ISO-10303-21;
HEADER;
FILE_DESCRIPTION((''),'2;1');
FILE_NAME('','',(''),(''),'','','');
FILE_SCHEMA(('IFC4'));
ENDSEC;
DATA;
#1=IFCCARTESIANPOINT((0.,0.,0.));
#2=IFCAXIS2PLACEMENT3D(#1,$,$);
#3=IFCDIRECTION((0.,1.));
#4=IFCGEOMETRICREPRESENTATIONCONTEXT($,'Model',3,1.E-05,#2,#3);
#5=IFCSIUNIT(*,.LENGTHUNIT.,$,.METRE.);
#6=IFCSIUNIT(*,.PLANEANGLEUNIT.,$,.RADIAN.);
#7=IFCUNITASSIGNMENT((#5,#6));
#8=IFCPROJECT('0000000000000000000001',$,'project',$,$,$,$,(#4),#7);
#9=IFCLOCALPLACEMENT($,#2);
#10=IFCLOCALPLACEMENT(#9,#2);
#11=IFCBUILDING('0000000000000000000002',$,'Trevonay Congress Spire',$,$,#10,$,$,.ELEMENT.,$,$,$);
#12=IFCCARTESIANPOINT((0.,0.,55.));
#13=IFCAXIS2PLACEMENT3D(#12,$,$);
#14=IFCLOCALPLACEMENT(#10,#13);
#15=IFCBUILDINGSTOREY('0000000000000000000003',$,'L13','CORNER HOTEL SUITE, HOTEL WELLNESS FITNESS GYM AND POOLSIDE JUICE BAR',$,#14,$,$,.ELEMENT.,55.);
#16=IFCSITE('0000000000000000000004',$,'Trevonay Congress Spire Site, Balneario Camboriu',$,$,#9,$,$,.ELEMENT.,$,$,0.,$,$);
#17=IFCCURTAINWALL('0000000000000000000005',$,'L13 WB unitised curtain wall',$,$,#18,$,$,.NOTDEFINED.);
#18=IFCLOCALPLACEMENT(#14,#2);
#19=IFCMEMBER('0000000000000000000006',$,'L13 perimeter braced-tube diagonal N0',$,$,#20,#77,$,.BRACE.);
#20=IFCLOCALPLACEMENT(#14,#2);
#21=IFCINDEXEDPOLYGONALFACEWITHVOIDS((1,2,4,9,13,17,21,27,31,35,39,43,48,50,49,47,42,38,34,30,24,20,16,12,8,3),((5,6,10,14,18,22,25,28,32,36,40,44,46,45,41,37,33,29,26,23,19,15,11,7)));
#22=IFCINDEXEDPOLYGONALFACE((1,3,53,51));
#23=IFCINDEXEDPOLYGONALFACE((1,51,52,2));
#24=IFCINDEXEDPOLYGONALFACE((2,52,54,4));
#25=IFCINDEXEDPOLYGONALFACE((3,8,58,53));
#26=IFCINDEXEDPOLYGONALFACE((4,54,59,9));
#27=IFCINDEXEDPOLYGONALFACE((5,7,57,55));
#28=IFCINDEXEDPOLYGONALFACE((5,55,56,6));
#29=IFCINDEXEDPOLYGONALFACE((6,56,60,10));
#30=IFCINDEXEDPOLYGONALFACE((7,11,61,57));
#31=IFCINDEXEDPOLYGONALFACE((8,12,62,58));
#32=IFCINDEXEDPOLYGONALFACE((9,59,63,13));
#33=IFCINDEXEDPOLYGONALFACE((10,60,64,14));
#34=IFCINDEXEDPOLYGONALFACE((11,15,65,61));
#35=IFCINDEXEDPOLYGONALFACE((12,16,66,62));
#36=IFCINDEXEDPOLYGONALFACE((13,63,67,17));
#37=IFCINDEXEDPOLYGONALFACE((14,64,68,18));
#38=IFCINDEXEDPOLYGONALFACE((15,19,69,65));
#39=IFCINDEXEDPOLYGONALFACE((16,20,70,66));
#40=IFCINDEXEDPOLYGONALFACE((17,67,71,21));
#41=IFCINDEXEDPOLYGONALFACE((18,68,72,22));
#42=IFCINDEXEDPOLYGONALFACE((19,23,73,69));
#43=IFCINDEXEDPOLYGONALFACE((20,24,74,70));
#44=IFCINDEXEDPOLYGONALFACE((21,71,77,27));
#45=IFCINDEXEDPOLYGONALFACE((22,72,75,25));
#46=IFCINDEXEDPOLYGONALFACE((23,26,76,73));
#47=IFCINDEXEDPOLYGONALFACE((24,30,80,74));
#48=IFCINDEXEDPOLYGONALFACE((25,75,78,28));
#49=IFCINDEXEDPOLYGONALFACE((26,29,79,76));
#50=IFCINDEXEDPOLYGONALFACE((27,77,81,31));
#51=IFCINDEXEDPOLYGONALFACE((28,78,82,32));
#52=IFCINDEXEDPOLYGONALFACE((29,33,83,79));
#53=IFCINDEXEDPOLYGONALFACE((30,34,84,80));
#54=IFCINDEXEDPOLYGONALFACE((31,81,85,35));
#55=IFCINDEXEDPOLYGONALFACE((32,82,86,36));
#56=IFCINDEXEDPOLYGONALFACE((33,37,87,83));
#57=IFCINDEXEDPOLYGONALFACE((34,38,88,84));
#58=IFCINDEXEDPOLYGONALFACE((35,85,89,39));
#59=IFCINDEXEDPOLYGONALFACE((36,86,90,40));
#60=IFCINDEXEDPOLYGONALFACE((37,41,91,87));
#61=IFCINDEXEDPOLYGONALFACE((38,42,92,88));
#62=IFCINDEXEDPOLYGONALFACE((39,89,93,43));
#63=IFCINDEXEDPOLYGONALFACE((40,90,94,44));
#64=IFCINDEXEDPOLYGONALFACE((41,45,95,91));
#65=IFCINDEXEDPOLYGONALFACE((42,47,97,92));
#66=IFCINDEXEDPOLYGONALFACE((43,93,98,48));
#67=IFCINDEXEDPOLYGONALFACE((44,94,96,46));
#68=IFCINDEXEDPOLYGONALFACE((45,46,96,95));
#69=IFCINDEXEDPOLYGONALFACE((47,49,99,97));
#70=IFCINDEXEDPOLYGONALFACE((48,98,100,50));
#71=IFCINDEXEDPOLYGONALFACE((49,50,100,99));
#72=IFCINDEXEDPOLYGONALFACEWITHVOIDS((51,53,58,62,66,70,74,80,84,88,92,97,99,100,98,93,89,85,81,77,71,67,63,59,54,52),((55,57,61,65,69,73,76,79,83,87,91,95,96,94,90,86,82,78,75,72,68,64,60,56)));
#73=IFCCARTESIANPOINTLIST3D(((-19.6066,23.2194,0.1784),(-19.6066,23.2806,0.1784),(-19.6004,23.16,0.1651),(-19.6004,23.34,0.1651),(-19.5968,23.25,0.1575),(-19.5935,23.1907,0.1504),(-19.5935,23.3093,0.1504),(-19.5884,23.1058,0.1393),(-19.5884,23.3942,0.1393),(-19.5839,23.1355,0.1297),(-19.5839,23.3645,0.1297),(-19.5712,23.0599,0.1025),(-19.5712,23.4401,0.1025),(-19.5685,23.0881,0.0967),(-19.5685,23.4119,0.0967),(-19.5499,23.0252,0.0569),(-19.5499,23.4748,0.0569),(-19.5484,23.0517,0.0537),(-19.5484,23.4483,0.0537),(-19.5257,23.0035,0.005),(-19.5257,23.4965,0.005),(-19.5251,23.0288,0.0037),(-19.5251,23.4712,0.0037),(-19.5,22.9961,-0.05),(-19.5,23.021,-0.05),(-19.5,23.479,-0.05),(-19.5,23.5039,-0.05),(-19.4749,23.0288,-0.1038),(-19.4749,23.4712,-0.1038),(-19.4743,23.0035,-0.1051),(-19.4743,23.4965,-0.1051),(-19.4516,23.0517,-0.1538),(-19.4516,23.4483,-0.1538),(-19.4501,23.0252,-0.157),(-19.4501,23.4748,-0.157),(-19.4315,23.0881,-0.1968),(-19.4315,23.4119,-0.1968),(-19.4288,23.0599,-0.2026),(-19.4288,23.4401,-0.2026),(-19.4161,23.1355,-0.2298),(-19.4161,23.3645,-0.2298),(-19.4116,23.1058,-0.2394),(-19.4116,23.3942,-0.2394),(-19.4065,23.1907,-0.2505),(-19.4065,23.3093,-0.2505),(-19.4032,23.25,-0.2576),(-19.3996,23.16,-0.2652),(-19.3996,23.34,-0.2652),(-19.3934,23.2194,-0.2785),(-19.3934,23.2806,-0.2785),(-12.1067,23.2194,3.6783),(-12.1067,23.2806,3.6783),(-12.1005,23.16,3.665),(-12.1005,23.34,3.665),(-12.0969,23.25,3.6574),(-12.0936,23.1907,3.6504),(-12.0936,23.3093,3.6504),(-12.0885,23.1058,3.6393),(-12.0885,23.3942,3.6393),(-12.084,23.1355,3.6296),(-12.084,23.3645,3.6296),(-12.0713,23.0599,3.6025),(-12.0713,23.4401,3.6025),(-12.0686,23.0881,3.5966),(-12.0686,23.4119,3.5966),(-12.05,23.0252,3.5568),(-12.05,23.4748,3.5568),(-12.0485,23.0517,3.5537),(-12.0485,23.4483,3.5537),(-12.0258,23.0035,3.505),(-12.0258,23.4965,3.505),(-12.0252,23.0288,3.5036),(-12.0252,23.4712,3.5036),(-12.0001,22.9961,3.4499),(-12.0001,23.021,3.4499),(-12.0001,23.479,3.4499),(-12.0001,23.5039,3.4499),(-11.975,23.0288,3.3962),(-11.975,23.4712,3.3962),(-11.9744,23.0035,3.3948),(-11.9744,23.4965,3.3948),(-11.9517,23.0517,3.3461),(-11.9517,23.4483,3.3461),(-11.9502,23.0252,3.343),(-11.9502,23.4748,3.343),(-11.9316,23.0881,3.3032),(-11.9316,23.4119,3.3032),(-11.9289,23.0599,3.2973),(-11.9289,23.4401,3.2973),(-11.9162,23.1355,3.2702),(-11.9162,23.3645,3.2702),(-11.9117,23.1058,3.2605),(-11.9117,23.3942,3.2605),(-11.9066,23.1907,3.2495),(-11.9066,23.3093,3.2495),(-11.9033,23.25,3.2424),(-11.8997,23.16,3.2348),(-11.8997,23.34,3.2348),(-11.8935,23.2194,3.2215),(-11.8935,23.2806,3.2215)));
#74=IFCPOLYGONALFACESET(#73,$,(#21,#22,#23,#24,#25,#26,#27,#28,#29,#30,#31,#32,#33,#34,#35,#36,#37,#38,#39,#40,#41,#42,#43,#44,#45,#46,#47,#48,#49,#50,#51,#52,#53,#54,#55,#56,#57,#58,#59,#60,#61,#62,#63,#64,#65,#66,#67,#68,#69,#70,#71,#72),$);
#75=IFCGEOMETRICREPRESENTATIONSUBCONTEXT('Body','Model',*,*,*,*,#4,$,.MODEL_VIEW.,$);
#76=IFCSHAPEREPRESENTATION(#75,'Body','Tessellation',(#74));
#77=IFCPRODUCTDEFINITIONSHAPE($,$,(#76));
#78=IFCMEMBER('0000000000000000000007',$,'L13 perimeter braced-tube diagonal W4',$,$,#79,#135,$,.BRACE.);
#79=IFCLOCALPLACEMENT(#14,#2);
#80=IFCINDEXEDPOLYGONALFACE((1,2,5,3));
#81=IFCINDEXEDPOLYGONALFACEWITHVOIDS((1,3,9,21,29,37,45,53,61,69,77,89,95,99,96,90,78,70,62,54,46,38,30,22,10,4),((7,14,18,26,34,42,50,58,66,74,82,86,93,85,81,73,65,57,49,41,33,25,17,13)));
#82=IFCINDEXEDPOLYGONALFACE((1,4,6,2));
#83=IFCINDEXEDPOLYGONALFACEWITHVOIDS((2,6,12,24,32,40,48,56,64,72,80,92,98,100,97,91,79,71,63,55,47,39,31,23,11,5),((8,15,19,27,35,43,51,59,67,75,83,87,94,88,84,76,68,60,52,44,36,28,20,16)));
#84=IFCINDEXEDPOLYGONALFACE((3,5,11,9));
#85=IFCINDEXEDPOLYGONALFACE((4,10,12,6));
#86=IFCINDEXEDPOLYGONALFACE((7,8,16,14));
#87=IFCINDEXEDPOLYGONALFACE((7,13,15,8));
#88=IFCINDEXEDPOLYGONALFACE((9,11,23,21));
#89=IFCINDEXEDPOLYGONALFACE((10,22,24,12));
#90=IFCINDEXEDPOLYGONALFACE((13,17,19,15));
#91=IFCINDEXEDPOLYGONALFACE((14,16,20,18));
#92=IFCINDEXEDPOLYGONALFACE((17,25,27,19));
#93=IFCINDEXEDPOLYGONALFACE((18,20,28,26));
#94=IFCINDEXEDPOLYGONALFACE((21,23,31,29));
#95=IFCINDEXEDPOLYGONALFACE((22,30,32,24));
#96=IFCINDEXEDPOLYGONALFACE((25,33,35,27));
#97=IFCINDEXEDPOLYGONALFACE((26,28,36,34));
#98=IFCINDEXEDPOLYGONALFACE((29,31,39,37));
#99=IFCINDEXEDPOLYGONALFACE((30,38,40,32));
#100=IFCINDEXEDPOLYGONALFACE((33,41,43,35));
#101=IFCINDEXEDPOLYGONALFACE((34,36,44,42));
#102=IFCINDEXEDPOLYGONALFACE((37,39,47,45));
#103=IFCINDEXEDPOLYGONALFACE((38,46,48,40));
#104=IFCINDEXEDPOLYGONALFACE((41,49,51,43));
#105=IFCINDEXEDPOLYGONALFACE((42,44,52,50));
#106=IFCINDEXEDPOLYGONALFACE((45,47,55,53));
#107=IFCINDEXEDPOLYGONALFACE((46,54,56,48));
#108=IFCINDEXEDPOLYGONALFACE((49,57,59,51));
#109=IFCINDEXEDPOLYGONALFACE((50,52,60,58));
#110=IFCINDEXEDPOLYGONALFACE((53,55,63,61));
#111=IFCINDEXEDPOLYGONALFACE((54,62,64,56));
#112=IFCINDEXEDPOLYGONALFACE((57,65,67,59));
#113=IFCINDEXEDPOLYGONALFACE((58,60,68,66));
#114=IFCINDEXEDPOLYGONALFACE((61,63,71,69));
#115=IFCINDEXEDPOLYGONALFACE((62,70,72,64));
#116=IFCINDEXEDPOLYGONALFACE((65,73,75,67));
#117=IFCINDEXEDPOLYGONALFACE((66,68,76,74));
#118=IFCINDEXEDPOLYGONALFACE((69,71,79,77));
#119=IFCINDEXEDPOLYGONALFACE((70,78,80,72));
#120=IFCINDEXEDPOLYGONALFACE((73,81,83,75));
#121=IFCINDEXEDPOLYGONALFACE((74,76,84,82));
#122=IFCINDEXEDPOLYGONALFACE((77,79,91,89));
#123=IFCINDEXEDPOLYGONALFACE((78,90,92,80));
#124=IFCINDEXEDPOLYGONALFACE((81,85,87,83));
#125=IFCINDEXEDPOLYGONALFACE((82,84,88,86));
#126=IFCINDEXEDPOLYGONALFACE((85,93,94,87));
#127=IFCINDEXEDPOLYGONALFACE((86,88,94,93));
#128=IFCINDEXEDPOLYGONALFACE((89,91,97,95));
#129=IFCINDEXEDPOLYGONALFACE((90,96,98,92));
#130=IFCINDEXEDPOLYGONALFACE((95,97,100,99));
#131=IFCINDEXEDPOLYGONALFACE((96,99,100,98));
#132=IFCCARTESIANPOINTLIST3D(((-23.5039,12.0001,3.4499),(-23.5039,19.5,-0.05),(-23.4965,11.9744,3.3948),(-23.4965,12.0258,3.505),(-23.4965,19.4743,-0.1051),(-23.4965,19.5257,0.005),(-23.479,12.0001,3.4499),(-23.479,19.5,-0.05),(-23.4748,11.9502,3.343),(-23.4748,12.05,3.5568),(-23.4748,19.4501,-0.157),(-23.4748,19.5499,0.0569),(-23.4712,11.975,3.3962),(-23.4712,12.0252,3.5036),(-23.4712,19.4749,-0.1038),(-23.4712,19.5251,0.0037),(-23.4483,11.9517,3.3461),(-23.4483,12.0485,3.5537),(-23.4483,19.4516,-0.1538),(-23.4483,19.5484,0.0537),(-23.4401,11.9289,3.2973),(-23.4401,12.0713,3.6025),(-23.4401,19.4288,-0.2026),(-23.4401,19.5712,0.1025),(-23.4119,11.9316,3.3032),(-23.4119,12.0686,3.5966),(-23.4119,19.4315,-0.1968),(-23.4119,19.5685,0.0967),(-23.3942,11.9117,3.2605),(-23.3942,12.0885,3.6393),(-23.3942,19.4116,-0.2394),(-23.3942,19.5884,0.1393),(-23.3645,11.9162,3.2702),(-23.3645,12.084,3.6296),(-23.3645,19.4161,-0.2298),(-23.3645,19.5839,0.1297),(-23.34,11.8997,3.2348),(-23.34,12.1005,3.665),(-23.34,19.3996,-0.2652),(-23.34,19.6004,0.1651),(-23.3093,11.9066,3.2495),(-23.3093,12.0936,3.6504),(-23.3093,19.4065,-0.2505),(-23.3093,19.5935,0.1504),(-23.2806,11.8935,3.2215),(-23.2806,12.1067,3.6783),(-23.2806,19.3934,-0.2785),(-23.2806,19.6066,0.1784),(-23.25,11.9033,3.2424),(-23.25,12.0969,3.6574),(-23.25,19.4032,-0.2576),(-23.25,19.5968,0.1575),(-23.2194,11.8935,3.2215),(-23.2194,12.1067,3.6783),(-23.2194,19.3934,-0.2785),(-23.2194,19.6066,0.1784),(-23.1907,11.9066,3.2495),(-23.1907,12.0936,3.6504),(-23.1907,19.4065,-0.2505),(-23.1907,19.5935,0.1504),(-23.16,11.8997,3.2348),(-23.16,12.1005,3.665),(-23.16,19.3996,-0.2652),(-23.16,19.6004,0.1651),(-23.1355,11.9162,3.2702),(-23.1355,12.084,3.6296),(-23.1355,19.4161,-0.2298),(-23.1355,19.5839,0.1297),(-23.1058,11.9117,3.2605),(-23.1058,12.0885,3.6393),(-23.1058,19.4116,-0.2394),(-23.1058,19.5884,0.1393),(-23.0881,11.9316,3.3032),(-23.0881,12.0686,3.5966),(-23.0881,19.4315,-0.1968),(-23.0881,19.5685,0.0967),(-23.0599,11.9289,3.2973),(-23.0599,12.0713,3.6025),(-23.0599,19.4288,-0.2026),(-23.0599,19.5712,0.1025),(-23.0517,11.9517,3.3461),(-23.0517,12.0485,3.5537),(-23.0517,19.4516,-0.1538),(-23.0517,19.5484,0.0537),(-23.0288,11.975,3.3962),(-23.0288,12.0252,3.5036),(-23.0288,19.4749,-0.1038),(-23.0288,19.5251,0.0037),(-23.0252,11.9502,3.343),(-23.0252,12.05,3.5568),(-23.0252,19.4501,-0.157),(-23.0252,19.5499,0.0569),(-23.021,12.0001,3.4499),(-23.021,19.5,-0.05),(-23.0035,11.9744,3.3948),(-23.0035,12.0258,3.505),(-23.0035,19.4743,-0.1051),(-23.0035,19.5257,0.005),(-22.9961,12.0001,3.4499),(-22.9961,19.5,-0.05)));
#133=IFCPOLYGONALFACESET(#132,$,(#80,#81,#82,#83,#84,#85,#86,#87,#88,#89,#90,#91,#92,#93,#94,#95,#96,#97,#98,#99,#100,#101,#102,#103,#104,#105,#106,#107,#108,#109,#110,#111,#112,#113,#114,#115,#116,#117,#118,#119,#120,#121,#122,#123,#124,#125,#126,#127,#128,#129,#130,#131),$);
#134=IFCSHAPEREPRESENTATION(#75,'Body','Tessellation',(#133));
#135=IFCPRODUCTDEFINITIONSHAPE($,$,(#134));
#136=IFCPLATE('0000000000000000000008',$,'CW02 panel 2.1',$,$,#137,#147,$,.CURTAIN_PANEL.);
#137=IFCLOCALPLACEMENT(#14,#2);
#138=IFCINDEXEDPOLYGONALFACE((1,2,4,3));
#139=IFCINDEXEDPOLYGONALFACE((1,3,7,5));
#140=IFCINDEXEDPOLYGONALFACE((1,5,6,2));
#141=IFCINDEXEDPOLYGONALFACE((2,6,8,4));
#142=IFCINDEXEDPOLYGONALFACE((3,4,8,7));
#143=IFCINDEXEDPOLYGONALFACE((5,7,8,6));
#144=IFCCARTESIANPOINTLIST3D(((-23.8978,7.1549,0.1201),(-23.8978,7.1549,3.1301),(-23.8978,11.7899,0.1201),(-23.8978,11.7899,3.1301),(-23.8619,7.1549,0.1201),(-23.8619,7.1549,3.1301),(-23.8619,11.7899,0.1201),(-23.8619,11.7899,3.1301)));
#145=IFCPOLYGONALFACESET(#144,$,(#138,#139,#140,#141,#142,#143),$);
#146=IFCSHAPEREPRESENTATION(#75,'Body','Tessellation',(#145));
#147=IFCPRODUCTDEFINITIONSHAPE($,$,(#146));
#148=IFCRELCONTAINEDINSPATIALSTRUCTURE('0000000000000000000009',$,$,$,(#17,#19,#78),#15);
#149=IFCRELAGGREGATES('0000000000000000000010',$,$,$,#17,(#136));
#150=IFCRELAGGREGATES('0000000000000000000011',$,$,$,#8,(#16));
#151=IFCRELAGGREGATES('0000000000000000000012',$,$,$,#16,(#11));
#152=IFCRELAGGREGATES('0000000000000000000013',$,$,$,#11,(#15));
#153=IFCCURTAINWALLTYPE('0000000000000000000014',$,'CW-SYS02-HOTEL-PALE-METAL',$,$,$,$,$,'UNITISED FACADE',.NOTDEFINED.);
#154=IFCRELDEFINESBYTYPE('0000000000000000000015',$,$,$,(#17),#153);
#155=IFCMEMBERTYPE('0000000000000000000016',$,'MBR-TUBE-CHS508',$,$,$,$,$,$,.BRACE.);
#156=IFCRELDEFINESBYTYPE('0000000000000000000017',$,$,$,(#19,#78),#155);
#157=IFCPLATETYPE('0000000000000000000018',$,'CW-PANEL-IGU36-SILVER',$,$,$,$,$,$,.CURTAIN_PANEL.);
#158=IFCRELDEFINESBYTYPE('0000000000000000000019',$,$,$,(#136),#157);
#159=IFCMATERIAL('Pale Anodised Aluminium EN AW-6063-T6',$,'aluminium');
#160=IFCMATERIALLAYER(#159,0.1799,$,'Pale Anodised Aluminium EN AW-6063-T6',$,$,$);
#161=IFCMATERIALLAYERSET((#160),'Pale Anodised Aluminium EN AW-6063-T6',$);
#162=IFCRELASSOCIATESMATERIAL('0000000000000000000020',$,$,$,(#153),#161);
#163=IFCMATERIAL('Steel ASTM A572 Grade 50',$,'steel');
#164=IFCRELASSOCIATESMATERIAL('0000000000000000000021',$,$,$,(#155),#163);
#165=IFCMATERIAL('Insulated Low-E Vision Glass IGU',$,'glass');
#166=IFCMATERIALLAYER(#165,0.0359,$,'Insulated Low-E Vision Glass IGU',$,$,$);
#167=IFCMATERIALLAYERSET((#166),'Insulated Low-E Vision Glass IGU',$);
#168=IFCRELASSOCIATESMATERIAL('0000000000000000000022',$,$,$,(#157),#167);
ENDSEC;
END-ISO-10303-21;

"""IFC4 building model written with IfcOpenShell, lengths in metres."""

from ifc_helpers import new_model, si_unit, direction, frame, origin, origin_2d, place, context, subcontext, project, spatial, rectangle, hollow_circle, extrude, material, layer, layer_set, material_profile, profile_set, type_object, element, aggregate, save


model = new_model("IFC4")

# Units and contexts
model_context = context("Model", 3, precision=1e-05, world=origin(), true_north=direction((0.0, 1.0)))
body_context = subcontext(model_context, "Body", "Model", "MODEL_VIEW")
ifc_project = project(units=[si_unit("LENGTHUNIT", "METRE"), si_unit("PLANEANGLEUNIT", "RADIAN")], contexts=[model_context])

# Site, building, storey
site_placement = place(None, origin())
site = spatial("IfcSite", under=ifc_project, at=site_placement, Name="Trevonay Congress Spire Site, Balneario Camboriu", CompositionType="ELEMENT", RefElevation=0.0)
building_placement = place(site_placement, origin())
building = spatial("IfcBuilding", under=site, at=building_placement, Name="Trevonay Congress Spire", CompositionType="ELEMENT")
storey_placement = place(building_placement, frame((0.0, 0.0, 55.0)))
storey = spatial("IfcBuildingStorey", under=building, at=storey_placement, Name="L13", Description="CORNER HOTEL SUITE, HOTEL WELLNESS FITNESS GYM AND POOLSIDE JUICE BAR", CompositionType="ELEMENT", Elevation=55.0)

# Shared definitions
ifc_material_1 = material(Name="Steel ASTM A572 Grade 50", Category="steel")

# Curtain wall
ifc_material_2 = material(Name="Pale Anodised Aluminium EN AW-6063-T6", Category="aluminium")
ifc_layer_1 = layer(ifc_material_2, 0.1799, Name="Pale Anodised Aluminium EN AW-6063-T6")
ifc_layer_set_1 = layer_set([ifc_layer_1], Name="Pale Anodised Aluminium EN AW-6063-T6")
curtain_wall_type = type_object("IfcCurtainWallType", Name="CW-SYS02-HOTEL-PALE-METAL", ElementType="UNITISED FACADE", PredefinedType="NOTDEFINED", material=ifc_layer_set_1)
curtain_wall_placement = place(storey_placement, origin())
curtain_wall = element("IfcCurtainWall", 1, at=curtain_wall_placement, inside=storey, type_object=curtain_wall_type, Name="L13 WB unitised curtain wall", PredefinedType="NOTDEFINED")

# Members
ifc_material_profile_1 = material_profile(ifc_material_1, hollow_circle(Radius=0.2539, WallThickness=0.0249, at=origin_2d()), Name="CHS 508x25")
ifc_profile_set_1 = profile_set([ifc_material_profile_1], Name="Steel ASTM A572 Grade 50")
member_type_1 = type_object("IfcMemberType", Name="MBR-TUBE-CHS508", PredefinedType="BRACE", material=ifc_profile_set_1)
for number, where, z_axis, x_axis, name in (
    (2, (-19.5, 23.25, -0.05), (0.906183, 0.0, 0.422885), (0.0, 1.0, 0.0), "L13 perimeter braced-tube diagonal N0"),
    (3, (-23.25, 19.5, -0.05), (0.0, -0.906183, 0.422885), (1.0, 0.0, 0.0), "L13 perimeter braced-tube diagonal W4"),
):
    element("IfcMember", number, at=place(storey_placement, frame(where, z_axis=z_axis, x_axis=x_axis)), inside=storey, type_object=member_type_1, Name=name, PredefinedType="BRACE", context=body_context, shape_type="SweptSolid", body=[
        extrude(hollow_circle(Radius=0.2539, WallThickness=0.0249, at=origin_2d()), origin(), (0.0, 0.0, 1.0), 8.2764),
    ])

# Plate
ifc_material_3 = material(Name="Insulated Low-E Vision Glass IGU", Category="glass")
ifc_layer_2 = layer(ifc_material_3, 0.0359, Name="Insulated Low-E Vision Glass IGU")
ifc_layer_set_2 = layer_set([ifc_layer_2], Name="Insulated Low-E Vision Glass IGU")
plate_type = type_object("IfcPlateType", Name="CW-PANEL-IGU36-SILVER", PredefinedType="CURTAIN_PANEL", material=ifc_layer_set_2)
plate_placement = place(storey_placement, frame((-23.8799, 9.4724, 0.1201), z_axis=(0.0, 0.0, 1.0), x_axis=(0.0, 1.0, 0.0)))
plate = element("IfcPlate", 4, at=plate_placement, type_object=plate_type, Name="CW02 panel 2.1", PredefinedType="CURTAIN_PANEL", context=body_context, shape_type="SweptSolid", body=[
    extrude(rectangle(XDim=4.635, YDim=0.0359, at=origin_2d()), origin(), (0.0, 0.0, 1.0), 3.01),
])
aggregate(curtain_wall, [plate])

save(model, "model.ifc")
